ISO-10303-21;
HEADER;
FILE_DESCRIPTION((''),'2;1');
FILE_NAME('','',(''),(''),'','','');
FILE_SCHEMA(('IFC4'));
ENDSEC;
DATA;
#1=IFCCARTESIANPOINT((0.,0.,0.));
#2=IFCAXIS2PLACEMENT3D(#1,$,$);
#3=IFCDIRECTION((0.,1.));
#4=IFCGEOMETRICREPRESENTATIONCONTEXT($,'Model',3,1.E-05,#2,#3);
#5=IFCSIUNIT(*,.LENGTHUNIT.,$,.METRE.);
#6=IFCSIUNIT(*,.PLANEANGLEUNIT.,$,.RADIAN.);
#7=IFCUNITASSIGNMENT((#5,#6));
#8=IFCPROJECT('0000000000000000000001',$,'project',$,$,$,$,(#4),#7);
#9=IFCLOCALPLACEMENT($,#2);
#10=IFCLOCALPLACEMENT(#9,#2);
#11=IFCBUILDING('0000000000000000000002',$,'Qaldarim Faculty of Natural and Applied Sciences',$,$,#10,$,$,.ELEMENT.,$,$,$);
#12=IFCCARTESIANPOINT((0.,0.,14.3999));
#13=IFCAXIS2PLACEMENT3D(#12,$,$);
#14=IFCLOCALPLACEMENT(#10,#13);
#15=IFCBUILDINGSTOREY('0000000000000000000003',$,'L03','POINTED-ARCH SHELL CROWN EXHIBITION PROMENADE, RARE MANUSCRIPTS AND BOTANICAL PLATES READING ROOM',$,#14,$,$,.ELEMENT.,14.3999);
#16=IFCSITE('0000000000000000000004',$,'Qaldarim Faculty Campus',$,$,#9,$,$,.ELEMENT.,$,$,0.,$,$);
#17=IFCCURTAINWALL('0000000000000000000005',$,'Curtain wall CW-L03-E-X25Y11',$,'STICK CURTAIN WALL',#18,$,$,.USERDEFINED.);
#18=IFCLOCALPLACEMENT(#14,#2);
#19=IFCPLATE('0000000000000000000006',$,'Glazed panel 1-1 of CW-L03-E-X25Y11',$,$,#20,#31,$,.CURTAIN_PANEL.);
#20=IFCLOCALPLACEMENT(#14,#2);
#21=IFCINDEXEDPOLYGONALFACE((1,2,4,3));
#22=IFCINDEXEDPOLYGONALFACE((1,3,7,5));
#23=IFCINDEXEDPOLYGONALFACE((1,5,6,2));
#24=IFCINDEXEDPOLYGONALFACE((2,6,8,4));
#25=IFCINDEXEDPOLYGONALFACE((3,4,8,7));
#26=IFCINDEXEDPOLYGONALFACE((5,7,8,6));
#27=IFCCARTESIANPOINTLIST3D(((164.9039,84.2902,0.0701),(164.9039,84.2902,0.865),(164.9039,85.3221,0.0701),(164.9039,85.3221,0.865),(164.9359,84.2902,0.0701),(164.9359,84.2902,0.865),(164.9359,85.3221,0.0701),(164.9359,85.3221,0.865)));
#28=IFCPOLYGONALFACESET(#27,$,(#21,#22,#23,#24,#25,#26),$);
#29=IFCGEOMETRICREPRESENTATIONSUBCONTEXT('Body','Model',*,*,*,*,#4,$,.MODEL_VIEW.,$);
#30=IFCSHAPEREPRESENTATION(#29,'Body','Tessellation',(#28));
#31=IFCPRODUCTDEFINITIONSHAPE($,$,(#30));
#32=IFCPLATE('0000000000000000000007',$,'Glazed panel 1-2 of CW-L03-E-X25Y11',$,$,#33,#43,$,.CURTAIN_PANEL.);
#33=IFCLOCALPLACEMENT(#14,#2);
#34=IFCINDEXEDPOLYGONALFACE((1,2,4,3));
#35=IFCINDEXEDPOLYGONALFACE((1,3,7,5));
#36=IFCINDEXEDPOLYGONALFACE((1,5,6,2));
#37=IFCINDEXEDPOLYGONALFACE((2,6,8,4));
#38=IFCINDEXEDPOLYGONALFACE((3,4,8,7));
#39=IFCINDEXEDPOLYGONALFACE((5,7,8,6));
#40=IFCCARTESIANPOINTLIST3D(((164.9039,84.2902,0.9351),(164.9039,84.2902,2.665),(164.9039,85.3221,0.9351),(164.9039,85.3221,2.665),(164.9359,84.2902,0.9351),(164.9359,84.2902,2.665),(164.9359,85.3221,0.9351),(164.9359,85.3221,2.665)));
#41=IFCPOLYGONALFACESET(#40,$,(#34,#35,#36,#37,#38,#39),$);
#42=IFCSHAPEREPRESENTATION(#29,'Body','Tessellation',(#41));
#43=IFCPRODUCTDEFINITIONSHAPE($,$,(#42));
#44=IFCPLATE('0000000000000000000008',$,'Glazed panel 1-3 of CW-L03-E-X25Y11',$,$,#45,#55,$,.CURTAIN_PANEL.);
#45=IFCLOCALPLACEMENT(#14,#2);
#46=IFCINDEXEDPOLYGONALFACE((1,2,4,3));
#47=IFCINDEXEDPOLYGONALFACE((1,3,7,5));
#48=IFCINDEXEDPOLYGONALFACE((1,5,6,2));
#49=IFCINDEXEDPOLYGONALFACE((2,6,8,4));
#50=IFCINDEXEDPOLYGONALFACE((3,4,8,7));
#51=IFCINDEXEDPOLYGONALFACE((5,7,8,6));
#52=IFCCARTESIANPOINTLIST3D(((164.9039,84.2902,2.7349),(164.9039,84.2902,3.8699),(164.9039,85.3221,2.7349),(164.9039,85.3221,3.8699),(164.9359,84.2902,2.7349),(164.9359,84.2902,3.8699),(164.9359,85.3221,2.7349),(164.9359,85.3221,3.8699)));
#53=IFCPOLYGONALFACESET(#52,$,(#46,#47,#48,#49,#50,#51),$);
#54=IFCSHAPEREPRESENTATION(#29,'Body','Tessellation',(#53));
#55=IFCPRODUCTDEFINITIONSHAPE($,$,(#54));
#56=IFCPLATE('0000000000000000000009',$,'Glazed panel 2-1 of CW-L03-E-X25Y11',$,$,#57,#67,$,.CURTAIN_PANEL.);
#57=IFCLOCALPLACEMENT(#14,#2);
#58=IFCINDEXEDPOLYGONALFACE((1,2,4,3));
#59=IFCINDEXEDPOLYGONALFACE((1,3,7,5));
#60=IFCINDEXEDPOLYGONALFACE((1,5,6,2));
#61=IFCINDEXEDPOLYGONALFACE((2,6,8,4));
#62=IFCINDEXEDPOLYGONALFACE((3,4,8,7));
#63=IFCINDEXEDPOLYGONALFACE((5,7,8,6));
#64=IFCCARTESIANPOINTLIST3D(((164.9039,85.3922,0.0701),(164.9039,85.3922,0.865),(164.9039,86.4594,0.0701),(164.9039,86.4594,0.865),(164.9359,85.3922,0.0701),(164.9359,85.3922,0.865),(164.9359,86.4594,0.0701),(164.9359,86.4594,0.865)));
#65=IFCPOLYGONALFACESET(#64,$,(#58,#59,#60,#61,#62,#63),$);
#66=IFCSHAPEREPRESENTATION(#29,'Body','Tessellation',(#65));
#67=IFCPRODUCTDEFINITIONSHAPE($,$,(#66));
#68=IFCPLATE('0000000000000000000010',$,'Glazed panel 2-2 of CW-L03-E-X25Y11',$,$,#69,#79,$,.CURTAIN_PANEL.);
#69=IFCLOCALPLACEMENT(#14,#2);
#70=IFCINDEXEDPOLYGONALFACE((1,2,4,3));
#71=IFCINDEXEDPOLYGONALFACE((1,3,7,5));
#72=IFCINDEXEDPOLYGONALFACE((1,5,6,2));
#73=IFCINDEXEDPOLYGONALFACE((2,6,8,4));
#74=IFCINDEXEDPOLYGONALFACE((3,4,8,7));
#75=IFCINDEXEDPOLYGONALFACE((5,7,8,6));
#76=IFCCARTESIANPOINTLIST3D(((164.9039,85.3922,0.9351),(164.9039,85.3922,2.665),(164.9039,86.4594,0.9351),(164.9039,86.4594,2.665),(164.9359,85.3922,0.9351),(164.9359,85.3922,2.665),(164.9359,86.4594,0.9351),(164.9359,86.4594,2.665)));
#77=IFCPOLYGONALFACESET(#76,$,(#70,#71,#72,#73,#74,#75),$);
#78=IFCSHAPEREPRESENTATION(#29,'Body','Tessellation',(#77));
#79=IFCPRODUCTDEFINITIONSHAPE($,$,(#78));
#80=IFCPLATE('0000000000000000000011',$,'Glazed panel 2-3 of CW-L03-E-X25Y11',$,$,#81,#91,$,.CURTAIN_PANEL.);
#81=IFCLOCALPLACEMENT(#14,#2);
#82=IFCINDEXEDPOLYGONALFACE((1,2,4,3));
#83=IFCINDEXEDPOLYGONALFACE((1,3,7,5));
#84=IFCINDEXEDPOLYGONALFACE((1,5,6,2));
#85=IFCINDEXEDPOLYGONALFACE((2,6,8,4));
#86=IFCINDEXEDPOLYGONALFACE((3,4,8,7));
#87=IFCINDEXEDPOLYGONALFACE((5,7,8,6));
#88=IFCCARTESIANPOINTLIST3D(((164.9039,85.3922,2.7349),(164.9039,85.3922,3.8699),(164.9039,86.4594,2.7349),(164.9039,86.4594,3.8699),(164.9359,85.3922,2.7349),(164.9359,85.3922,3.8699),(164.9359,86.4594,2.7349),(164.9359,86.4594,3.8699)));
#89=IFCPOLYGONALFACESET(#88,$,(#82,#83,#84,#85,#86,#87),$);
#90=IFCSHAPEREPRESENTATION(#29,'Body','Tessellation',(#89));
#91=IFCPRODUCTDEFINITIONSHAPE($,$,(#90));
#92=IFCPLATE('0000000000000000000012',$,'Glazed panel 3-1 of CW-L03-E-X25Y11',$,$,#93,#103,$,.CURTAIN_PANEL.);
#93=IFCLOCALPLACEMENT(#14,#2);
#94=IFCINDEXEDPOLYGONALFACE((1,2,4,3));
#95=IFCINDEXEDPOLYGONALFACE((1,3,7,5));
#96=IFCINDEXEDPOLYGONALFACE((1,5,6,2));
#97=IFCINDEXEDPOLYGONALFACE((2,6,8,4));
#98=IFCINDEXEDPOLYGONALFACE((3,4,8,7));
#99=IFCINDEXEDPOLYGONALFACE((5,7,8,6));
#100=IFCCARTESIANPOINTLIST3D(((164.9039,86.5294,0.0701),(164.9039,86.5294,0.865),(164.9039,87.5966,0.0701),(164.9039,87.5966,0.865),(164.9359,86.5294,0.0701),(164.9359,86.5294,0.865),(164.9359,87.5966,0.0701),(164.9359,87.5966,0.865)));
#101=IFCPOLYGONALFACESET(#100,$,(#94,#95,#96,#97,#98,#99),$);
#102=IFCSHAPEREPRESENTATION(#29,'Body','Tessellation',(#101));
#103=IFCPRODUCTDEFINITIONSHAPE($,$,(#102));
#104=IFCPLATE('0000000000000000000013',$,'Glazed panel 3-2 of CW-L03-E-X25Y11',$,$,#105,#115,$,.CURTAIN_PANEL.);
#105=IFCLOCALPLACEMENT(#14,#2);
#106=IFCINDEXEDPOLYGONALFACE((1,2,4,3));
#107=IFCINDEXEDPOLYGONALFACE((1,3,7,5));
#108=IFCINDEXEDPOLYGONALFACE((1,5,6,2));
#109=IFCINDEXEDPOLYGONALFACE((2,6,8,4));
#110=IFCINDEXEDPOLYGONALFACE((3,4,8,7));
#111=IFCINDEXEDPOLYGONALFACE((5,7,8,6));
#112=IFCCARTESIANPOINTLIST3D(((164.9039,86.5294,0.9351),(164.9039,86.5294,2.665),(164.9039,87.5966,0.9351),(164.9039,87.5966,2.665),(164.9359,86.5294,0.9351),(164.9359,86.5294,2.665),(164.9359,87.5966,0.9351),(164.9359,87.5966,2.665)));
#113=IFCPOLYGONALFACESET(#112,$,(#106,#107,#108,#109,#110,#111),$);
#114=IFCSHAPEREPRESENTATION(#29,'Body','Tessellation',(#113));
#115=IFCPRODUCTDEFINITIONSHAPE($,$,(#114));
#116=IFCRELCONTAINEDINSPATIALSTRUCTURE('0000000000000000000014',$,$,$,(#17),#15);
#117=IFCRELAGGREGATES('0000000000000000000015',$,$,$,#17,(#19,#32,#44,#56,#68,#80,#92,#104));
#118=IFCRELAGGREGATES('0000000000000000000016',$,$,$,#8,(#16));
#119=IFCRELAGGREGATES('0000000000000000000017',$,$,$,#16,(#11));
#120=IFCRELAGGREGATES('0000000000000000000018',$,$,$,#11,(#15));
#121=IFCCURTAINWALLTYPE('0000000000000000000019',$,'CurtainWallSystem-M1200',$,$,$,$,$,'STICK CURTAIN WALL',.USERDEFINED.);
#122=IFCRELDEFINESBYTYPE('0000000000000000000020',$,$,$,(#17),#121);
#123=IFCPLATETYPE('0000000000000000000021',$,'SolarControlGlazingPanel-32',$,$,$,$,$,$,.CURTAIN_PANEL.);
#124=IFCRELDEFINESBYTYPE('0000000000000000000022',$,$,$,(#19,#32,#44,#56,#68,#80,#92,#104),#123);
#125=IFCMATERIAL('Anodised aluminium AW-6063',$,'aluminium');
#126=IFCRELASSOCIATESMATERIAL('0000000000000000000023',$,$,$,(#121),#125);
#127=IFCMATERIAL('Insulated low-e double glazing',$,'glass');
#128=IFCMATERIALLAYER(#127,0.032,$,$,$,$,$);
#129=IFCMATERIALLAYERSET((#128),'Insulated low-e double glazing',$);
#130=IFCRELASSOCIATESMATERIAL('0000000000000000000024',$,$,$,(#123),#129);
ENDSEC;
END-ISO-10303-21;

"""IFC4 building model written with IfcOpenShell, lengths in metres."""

from ifc_helpers import new_model, si_unit, direction, frame, origin, origin_2d, place, context, subcontext, project, spatial, rectangle, extrude, material, layer, layer_set, type_object, element, aggregate, save


model = new_model("IFC4")

# Units and contexts
model_context = context("Model", 3, precision=1e-05, world=origin(), true_north=direction((0.0, 1.0)))
body_context = subcontext(model_context, "Body", "Model", "MODEL_VIEW")
ifc_project = project(units=[si_unit("LENGTHUNIT", "METRE"), si_unit("PLANEANGLEUNIT", "RADIAN")], contexts=[model_context])

# Site, building, storey
site_placement = place(None, origin())
site = spatial("IfcSite", under=ifc_project, at=site_placement, Name="Qaldarim Faculty Campus", CompositionType="ELEMENT", RefElevation=0.0)
building_placement = place(site_placement, origin())
building = spatial("IfcBuilding", under=site, at=building_placement, Name="Qaldarim Faculty of Natural and Applied Sciences", CompositionType="ELEMENT")
storey_placement = place(building_placement, frame((0.0, 0.0, 14.3999)))
storey = spatial("IfcBuildingStorey", under=building, at=storey_placement, Name="L03", Description="POINTED-ARCH SHELL CROWN EXHIBITION PROMENADE, RARE MANUSCRIPTS AND BOTANICAL PLATES READING ROOM", CompositionType="ELEMENT", Elevation=14.3999)

# Curtain wall, plates
ifc_material_1 = material(Name="Anodised aluminium AW-6063", Category="aluminium")
curtain_wall_type = type_object("IfcCurtainWallType", Name="CurtainWallSystem-M1200", ElementType="STICK CURTAIN WALL", PredefinedType="USERDEFINED", material=ifc_material_1)
curtain_wall_placement = place(storey_placement, origin())
curtain_wall = element("IfcCurtainWall", 1, at=curtain_wall_placement, inside=storey, type_object=curtain_wall_type, Name="Curtain wall CW-L03-E-X25Y11", ObjectType="STICK CURTAIN WALL", PredefinedType="USERDEFINED")
ifc_material_2 = material(Name="Insulated low-e double glazing", Category="glass")
ifc_layer = layer(ifc_material_2, 0.032)
ifc_layer_set = layer_set([ifc_layer], Name="Insulated low-e double glazing")
plate_type = type_object("IfcPlateType", Name="SolarControlGlazingPanel-32", PredefinedType="CURTAIN_PANEL", material=ifc_layer_set)
plate_1_placement = place(storey_placement, frame((164.9199, 84.8062, 0.0701), z_axis=(0.0, 0.0, 1.0), x_axis=(0.0, 1.0, 0.0)))
plate_1 = element("IfcPlate", 2, at=plate_1_placement, type_object=plate_type, Name="Glazed panel 1-1 of CW-L03-E-X25Y11", PredefinedType="CURTAIN_PANEL", context=body_context, shape_type="SweptSolid", body=[
    extrude(rectangle(XDim=1.032, YDim=0.032, at=origin_2d()), origin(), (0.0, 0.0, 1.0), 0.7949),
])
plate_2_placement = place(storey_placement, frame((164.9199, 84.8062, 0.9351), z_axis=(0.0, 0.0, 1.0), x_axis=(0.0, 1.0, 0.0)))
plate_2 = element("IfcPlate", 3, at=plate_2_placement, type_object=plate_type, Name="Glazed panel 1-2 of CW-L03-E-X25Y11", PredefinedType="CURTAIN_PANEL", context=body_context, shape_type="SweptSolid", body=[
    extrude(rectangle(XDim=1.032, YDim=0.032, at=origin_2d()), origin(), (0.0, 0.0, 1.0), 1.73),
])
plate_3_placement = place(storey_placement, frame((164.9199, 84.8062, 2.7349), z_axis=(0.0, 0.0, 1.0), x_axis=(0.0, 1.0, 0.0)))
plate_3 = element("IfcPlate", 4, at=plate_3_placement, type_object=plate_type, Name="Glazed panel 1-3 of CW-L03-E-X25Y11", PredefinedType="CURTAIN_PANEL", context=body_context, shape_type="SweptSolid", body=[
    extrude(rectangle(XDim=1.032, YDim=0.032, at=origin_2d()), origin(), (0.0, 0.0, 1.0), 1.135),
])
plate_4_placement = place(storey_placement, frame((164.9199, 85.9258, 0.0701), z_axis=(0.0, 0.0, 1.0), x_axis=(0.0, 1.0, 0.0)))
plate_4 = element("IfcPlate", 5, at=plate_4_placement, type_object=plate_type, Name="Glazed panel 2-1 of CW-L03-E-X25Y11", PredefinedType="CURTAIN_PANEL", context=body_context, shape_type="SweptSolid", body=[
    extrude(rectangle(XDim=1.0671, YDim=0.032, at=origin_2d()), origin(), (0.0, 0.0, 1.0), 0.7949),
])
plate_5_placement = place(storey_placement, frame((164.9199, 85.9258, 0.9351), z_axis=(0.0, 0.0, 1.0), x_axis=(0.0, 1.0, 0.0)))
plate_5 = element("IfcPlate", 6, at=plate_5_placement, type_object=plate_type, Name="Glazed panel 2-2 of CW-L03-E-X25Y11", PredefinedType="CURTAIN_PANEL", context=body_context, shape_type="SweptSolid", body=[
    extrude(rectangle(XDim=1.0671, YDim=0.032, at=origin_2d()), origin(), (0.0, 0.0, 1.0), 1.73),
])
plate_6_placement = place(storey_placement, frame((164.9199, 85.9258, 2.7349), z_axis=(0.0, 0.0, 1.0), x_axis=(0.0, 1.0, 0.0)))
plate_6 = element("IfcPlate", 7, at=plate_6_placement, type_object=plate_type, Name="Glazed panel 2-3 of CW-L03-E-X25Y11", PredefinedType="CURTAIN_PANEL", context=body_context, shape_type="SweptSolid", body=[
    extrude(rectangle(XDim=1.0671, YDim=0.032, at=origin_2d()), origin(), (0.0, 0.0, 1.0), 1.135),
])
plate_7_placement = place(storey_placement, frame((164.9199, 87.063, 0.0701), z_axis=(0.0, 0.0, 1.0), x_axis=(0.0, 1.0, 0.0)))
plate_7 = element("IfcPlate", 8, at=plate_7_placement, type_object=plate_type, Name="Glazed panel 3-1 of CW-L03-E-X25Y11", PredefinedType="CURTAIN_PANEL", context=body_context, shape_type="SweptSolid", body=[
    extrude(rectangle(XDim=1.0671, YDim=0.032, at=origin_2d()), origin(), (0.0, 0.0, 1.0), 0.7949),
])
plate_8_placement = place(storey_placement, frame((164.9199, 87.063, 0.9351), z_axis=(0.0, 0.0, 1.0), x_axis=(0.0, 1.0, 0.0)))
plate_8 = element("IfcPlate", 9, at=plate_8_placement, type_object=plate_type, Name="Glazed panel 3-2 of CW-L03-E-X25Y11", PredefinedType="CURTAIN_PANEL", context=body_context, shape_type="SweptSolid", body=[
    extrude(rectangle(XDim=1.0671, YDim=0.032, at=origin_2d()), origin(), (0.0, 0.0, 1.0), 1.73),
])
aggregate(curtain_wall, [plate_1, plate_2, plate_3, plate_4, plate_5, plate_6, plate_7, plate_8])

save(model, "model.ifc")
